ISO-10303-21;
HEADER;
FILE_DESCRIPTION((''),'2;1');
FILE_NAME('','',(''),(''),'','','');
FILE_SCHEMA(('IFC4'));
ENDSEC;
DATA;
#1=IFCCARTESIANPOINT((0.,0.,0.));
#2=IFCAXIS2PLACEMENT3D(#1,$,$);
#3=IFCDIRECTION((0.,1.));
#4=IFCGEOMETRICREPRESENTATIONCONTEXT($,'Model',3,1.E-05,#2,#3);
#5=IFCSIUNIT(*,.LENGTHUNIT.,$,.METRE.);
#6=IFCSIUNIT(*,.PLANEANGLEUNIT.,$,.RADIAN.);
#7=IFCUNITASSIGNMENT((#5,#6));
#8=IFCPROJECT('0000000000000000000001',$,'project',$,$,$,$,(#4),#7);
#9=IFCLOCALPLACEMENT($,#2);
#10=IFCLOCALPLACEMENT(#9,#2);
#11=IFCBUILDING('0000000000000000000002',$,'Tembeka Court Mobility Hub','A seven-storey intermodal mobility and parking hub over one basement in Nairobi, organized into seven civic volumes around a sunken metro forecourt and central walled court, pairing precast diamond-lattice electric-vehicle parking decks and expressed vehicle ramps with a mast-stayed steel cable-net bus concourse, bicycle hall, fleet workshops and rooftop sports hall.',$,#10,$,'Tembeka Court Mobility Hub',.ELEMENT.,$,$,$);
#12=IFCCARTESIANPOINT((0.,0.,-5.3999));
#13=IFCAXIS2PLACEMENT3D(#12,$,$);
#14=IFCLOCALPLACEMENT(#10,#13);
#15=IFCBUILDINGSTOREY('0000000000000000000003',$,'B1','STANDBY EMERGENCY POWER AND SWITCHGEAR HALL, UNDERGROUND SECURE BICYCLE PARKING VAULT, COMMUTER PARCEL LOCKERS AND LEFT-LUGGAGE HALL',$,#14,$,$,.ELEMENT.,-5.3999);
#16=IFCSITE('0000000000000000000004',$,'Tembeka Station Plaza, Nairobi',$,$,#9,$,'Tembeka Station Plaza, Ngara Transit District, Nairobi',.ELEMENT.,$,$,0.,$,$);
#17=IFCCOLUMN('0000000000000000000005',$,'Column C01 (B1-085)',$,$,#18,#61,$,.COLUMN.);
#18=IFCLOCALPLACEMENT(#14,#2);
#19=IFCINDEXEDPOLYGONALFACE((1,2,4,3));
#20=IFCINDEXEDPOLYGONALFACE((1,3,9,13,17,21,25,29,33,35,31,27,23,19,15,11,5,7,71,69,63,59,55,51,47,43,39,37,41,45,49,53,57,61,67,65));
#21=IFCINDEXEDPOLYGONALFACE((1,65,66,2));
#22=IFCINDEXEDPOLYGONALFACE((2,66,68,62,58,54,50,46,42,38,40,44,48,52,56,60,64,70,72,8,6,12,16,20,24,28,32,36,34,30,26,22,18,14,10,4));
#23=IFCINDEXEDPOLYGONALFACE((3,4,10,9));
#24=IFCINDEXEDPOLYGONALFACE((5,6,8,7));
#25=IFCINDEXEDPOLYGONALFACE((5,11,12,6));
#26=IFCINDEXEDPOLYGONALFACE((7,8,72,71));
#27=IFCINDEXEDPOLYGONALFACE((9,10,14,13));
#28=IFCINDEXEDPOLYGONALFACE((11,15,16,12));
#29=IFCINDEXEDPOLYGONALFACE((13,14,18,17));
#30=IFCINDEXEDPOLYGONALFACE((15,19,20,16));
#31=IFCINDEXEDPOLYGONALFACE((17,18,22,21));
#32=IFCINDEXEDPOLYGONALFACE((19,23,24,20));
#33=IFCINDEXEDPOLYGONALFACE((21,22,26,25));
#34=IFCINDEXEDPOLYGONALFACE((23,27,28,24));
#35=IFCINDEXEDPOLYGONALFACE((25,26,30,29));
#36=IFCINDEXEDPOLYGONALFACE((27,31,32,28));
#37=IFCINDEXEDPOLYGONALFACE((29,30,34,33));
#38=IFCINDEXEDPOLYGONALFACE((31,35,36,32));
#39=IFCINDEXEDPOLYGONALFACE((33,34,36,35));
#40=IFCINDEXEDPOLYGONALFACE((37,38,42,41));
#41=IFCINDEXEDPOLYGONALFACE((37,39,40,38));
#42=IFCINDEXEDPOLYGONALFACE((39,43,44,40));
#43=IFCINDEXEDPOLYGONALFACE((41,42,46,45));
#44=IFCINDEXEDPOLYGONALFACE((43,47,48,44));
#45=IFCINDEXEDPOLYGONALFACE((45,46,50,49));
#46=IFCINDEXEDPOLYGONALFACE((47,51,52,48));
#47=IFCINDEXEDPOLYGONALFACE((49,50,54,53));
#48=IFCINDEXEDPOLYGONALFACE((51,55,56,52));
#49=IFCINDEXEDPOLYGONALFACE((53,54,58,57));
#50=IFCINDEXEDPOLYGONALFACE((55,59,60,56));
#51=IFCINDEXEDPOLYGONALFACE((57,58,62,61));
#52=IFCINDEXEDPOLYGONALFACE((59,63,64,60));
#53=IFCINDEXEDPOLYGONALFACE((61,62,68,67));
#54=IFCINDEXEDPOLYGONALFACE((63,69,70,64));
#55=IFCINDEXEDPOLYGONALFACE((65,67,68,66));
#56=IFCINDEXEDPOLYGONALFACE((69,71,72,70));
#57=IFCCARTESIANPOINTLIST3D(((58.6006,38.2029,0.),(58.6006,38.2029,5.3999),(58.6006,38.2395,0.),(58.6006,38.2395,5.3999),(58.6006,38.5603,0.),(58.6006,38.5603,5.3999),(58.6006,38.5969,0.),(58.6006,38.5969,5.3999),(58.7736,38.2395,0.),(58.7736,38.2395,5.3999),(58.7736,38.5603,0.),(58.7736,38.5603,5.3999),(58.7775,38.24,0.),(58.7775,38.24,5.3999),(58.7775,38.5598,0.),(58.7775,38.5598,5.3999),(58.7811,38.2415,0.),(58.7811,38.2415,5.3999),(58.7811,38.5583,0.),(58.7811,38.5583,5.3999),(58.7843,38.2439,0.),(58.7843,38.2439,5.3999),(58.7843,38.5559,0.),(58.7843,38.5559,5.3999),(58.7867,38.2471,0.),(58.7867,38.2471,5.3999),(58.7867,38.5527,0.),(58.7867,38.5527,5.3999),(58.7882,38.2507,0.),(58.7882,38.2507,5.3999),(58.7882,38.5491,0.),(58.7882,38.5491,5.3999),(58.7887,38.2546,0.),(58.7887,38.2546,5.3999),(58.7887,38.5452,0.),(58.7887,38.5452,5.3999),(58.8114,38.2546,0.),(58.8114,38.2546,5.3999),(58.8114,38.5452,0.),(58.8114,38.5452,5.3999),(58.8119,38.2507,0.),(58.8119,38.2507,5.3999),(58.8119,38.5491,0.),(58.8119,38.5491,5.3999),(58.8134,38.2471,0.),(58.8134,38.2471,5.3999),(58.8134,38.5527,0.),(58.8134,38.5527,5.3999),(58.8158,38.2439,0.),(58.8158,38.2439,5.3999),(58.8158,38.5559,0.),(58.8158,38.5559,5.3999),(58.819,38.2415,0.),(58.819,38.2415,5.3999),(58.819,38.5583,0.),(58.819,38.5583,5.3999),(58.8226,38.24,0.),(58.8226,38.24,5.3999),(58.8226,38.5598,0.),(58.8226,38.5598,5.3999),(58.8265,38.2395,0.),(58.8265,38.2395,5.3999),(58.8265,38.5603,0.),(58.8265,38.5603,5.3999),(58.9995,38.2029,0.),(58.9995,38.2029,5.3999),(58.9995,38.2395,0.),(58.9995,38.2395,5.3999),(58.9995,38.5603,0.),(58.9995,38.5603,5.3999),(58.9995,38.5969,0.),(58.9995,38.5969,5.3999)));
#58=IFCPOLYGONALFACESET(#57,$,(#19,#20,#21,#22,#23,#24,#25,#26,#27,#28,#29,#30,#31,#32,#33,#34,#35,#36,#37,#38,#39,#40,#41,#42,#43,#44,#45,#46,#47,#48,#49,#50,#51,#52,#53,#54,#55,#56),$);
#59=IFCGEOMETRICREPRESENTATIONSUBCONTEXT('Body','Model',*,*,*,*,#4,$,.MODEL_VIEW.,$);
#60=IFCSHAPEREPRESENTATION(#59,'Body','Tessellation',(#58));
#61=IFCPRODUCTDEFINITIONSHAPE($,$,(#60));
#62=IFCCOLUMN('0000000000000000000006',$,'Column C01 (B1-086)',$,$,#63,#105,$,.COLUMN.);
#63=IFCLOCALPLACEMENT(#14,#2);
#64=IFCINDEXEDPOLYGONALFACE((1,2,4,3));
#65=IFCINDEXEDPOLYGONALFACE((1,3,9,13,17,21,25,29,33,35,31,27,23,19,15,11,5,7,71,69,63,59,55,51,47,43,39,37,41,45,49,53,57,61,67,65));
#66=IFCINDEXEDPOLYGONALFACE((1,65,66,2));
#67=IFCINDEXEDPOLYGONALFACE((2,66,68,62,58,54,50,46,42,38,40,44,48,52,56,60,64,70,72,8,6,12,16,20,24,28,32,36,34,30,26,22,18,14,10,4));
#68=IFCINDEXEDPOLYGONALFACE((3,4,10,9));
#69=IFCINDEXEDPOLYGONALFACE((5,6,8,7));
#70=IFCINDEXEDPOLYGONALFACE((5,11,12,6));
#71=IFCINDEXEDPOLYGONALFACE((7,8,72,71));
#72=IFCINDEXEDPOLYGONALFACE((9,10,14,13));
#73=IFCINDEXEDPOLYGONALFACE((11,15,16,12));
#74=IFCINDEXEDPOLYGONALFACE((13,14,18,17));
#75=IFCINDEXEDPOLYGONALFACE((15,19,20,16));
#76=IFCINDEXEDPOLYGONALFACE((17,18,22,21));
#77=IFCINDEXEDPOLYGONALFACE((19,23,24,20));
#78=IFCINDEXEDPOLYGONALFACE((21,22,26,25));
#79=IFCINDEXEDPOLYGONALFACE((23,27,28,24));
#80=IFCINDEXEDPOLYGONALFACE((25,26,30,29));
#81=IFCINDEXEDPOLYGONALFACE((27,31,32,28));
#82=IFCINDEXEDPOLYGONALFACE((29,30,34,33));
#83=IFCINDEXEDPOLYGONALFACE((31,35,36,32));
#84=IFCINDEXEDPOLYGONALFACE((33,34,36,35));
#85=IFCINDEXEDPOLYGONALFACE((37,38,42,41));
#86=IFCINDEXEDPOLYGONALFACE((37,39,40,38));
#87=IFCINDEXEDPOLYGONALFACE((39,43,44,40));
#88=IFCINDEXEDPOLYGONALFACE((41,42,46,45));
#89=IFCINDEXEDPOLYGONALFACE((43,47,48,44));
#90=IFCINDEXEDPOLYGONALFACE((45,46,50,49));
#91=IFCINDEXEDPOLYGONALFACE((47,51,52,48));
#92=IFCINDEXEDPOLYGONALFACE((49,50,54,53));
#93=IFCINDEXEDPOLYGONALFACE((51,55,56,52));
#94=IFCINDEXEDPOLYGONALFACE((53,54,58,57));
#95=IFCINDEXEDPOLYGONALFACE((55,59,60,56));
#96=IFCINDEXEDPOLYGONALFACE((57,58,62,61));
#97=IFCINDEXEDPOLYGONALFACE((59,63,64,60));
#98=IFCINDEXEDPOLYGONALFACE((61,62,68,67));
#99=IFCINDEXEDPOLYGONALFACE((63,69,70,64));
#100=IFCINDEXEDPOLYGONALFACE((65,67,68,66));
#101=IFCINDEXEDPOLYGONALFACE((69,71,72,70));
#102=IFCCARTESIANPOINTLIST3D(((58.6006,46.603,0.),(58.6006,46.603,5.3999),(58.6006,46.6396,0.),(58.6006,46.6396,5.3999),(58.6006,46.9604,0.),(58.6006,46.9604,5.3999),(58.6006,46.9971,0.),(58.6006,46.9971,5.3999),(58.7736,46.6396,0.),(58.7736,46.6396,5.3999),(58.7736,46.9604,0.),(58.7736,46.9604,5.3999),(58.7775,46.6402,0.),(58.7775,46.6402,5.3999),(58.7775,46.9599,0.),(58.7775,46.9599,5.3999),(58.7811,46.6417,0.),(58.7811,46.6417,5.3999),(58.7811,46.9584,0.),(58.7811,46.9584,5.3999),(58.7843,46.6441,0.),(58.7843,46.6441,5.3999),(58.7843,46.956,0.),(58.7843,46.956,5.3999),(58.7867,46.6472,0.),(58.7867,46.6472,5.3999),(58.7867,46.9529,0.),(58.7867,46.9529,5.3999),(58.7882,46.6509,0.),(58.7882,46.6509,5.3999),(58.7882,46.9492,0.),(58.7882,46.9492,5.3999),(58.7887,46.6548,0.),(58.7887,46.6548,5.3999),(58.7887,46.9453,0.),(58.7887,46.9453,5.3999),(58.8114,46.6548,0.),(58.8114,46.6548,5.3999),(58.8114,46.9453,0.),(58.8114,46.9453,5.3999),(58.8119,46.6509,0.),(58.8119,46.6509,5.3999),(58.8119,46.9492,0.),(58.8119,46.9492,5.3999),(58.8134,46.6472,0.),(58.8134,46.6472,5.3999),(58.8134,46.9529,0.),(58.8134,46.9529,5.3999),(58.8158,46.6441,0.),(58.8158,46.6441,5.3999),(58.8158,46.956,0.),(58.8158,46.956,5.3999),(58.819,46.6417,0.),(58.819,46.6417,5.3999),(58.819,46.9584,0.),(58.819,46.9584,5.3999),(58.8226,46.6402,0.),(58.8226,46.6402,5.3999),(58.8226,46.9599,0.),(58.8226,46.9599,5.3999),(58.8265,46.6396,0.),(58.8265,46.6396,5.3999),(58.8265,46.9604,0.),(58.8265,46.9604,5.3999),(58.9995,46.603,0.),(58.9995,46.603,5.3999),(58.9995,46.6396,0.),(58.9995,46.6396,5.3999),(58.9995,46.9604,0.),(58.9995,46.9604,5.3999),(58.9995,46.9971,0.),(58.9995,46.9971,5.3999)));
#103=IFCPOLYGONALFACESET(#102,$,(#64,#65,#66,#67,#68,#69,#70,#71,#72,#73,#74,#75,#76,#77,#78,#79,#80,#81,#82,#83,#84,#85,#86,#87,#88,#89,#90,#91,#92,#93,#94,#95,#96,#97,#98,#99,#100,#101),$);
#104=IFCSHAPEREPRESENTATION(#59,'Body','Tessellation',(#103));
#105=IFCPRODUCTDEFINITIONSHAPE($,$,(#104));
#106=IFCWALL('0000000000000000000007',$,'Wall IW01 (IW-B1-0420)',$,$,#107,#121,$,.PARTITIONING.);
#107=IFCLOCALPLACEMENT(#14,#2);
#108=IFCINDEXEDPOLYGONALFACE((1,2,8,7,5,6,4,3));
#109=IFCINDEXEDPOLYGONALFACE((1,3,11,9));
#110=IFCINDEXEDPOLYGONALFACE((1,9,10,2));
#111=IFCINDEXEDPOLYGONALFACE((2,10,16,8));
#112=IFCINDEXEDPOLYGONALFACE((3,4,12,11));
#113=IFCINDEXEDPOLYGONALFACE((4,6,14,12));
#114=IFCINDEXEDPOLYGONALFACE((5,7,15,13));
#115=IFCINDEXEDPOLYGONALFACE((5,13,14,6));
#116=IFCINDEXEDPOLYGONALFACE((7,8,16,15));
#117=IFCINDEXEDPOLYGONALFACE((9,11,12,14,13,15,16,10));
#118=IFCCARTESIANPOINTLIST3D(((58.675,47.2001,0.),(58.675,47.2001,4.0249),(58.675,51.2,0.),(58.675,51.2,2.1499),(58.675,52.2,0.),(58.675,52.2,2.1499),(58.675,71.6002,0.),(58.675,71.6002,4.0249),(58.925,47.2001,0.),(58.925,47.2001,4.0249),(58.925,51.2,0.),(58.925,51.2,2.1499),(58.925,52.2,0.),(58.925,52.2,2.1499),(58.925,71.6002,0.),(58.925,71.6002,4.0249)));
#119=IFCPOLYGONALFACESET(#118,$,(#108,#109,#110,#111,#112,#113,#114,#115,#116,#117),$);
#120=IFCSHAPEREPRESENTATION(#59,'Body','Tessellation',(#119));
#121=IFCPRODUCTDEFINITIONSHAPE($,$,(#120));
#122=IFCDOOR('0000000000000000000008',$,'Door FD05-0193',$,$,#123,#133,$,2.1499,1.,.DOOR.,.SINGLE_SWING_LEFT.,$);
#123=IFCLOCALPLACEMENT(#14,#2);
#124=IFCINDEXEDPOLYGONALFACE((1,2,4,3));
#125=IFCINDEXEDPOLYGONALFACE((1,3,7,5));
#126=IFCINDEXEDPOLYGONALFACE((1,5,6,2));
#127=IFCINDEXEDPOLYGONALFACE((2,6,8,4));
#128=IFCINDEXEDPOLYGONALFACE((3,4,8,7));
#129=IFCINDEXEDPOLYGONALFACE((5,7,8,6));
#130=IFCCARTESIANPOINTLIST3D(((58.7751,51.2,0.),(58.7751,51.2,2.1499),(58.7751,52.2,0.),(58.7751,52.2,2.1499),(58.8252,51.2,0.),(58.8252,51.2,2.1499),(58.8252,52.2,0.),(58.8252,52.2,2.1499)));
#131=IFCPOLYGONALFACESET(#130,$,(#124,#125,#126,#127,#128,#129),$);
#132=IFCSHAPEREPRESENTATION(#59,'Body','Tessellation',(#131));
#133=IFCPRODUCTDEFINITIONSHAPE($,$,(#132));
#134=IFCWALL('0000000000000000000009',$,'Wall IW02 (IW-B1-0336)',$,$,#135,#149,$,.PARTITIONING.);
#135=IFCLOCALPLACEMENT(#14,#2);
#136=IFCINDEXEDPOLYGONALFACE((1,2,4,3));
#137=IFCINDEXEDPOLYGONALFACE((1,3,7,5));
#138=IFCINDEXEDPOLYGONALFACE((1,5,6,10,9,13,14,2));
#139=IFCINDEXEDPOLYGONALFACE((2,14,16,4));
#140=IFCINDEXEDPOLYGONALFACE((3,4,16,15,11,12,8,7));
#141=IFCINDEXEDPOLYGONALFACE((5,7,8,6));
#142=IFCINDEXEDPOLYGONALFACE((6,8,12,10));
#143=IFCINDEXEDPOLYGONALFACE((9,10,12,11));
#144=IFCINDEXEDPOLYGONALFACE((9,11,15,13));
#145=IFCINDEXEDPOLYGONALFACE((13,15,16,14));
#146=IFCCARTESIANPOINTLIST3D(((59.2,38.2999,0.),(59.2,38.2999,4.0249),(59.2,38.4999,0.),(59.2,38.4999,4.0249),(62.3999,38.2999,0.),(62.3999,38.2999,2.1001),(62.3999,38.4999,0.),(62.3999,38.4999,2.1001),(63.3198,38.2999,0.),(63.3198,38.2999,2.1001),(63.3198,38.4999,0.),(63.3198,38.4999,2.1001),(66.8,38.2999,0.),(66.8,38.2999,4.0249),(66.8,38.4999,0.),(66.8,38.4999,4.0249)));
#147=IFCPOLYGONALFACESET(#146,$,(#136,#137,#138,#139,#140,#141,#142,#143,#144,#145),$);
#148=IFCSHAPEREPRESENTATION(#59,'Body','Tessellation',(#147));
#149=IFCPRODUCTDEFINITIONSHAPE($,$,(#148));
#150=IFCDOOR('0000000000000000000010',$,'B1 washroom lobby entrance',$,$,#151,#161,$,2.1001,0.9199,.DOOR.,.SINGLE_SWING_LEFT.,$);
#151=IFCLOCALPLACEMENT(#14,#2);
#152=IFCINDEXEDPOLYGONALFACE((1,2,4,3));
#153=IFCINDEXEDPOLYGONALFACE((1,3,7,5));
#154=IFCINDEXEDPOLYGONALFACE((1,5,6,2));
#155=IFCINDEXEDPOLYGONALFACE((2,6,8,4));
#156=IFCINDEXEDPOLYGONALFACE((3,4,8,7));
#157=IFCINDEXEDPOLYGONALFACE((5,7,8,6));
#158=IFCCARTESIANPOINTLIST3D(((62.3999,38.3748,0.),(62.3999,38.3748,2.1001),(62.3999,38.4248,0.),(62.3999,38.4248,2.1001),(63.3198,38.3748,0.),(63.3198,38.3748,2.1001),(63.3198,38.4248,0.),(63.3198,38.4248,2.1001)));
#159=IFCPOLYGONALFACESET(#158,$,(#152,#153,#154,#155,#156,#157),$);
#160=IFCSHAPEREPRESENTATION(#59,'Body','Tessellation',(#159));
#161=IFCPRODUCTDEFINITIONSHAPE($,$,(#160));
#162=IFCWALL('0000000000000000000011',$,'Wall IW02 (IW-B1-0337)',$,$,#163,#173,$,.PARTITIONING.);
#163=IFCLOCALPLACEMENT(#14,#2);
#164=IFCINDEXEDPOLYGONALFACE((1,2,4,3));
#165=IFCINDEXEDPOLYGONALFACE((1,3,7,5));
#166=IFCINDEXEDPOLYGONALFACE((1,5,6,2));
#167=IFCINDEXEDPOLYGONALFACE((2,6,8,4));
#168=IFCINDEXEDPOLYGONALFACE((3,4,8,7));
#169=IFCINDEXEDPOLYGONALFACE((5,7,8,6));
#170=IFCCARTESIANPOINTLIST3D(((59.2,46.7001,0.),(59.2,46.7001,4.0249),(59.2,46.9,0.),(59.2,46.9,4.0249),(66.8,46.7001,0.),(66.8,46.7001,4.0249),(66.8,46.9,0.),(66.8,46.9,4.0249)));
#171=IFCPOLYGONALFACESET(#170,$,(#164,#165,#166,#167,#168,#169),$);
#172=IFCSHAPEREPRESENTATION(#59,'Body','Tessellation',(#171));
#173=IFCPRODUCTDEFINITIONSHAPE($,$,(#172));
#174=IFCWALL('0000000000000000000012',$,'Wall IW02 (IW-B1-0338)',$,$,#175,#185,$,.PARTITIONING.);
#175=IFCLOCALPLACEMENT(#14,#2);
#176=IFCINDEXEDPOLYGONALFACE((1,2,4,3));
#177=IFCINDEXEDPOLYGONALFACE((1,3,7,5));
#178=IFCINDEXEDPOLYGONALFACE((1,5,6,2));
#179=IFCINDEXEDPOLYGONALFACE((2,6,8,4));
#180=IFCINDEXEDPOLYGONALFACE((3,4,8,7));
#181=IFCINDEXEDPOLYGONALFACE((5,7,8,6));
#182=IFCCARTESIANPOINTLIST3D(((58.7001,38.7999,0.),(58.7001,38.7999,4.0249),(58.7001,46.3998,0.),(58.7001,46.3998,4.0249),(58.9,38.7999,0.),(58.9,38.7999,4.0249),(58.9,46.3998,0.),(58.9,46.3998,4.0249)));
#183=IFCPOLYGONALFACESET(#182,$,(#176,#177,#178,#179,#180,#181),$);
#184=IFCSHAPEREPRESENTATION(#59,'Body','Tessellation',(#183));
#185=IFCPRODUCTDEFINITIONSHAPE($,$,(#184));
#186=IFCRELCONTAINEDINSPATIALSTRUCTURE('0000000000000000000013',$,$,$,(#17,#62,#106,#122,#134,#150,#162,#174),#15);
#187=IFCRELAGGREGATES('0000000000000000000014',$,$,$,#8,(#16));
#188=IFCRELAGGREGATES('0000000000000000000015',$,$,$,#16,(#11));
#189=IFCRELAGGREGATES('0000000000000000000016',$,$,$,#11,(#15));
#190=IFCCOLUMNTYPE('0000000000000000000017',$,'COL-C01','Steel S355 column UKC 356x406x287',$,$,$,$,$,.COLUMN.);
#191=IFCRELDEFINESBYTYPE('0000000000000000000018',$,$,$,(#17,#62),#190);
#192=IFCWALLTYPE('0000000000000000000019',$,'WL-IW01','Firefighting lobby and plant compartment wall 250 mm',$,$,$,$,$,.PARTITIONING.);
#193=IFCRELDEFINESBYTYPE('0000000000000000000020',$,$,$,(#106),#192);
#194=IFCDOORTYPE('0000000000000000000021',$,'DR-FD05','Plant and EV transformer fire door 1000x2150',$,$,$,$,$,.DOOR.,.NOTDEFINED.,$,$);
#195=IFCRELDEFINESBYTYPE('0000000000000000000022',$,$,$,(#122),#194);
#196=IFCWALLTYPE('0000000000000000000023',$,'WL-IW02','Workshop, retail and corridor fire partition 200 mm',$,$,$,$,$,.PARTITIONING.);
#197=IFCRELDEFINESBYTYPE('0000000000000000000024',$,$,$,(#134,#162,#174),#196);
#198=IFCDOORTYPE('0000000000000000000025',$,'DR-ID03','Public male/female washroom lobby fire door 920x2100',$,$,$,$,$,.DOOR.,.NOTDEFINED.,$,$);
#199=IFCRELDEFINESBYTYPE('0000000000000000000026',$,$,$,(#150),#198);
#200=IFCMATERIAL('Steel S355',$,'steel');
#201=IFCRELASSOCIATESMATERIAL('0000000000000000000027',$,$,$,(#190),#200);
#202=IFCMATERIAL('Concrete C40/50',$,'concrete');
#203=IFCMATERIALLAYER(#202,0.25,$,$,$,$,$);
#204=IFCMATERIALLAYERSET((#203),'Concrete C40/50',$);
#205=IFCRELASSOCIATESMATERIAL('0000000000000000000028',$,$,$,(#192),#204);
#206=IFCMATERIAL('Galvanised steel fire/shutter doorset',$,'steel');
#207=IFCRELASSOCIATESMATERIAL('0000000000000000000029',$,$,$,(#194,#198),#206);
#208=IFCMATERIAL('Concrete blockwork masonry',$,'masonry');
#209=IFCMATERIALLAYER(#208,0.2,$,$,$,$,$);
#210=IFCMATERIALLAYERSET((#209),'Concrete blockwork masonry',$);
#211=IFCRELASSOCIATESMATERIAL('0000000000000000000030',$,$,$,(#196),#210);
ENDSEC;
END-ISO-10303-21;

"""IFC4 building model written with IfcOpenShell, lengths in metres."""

from ifc_helpers import new_model, si_unit, direction, frame, frame_2d, origin, origin_2d, place, context, subcontext, project, spatial, rectangle, i_section, extrude, material, layer, layer_set, material_profile, profile_set, type_object, element, fill, save


model = new_model("IFC4")

# Units and contexts
model_context = context("Model", 3, precision=1e-05, world=origin(), true_north=direction((0.0, 1.0)))
body_context = subcontext(model_context, "Body", "Model", "MODEL_VIEW")
ifc_project = project(units=[si_unit("LENGTHUNIT", "METRE"), si_unit("PLANEANGLEUNIT", "RADIAN")], contexts=[model_context])

# Site, building, storey
site_placement = place(None, origin())
site = spatial("IfcSite", under=ifc_project, at=site_placement, Name="Tembeka Station Plaza, Nairobi", LongName="Tembeka Station Plaza, Ngara Transit District, Nairobi", CompositionType="ELEMENT", RefElevation=0.0)
building_placement = place(site_placement, origin())
building = spatial("IfcBuilding", under=site, at=building_placement, Name="Tembeka Court Mobility Hub", Description="A seven-storey intermodal mobility and parking hub over one basement in Nairobi, organized into seven civic volumes around a sunken metro forecourt and central walled court, pairing precast diamond-lattice electric-vehicle parking decks and expressed vehicle ramps with a mast-stayed steel cable-net bus concourse, bicycle hall, fleet workshops and rooftop sports hall.", LongName="Tembeka Court Mobility Hub", CompositionType="ELEMENT")
storey_placement = place(building_placement, frame((0.0, 0.0, -5.3999)))
storey = spatial("IfcBuildingStorey", under=building, at=storey_placement, Name="B1", Description="STANDBY EMERGENCY POWER AND SWITCHGEAR HALL, UNDERGROUND SECURE BICYCLE PARKING VAULT, COMMUTER PARCEL LOCKERS AND LEFT-LUGGAGE HALL", CompositionType="ELEMENT", Elevation=-5.3999)

# Shared definitions
ifc_material_1 = material(Name="Concrete C40/50", Category="concrete")

# Columns
ifc_material_2 = material(Name="Steel S355", Category="steel")
ifc_material_profile_1 = material_profile(ifc_material_2, i_section(OverallWidth=0.3989, OverallDepth=0.394, WebThickness=0.0227, FlangeThickness=0.0366, FilletRadius=0.0151, at=origin_2d()), Name="UKC 356x406x287")
ifc_profile_set_1 = profile_set([ifc_material_profile_1], Name="Steel S355")
column_type = type_object("IfcColumnType", Name="COL-C01", Description="Steel S355 column UKC 356x406x287", PredefinedType="COLUMN", material=ifc_profile_set_1)
for number, where, z_axis, x_axis, name in (
    (1, (58.8, 38.3999, 0.0), (0.0, 0.0, 1.0), (1.0, 0.0, 0.0), "Column C01 (B1-085)"),
    (2, (58.8, 46.8, 0.0), (0.0, 0.0, 1.0), (1.0, 0.0, 0.0), "Column C01 (B1-086)"),
):
    element("IfcColumn", number, at=place(storey_placement, frame(where, z_axis=z_axis, x_axis=x_axis)), inside=storey, type_object=column_type, Name=name, PredefinedType="COLUMN", context=body_context, shape_type="SweptSolid", body=[
        extrude(i_section(OverallWidth=0.3989, OverallDepth=0.394, WebThickness=0.0227, FlangeThickness=0.0366, FilletRadius=0.0151, at=origin_2d()), origin(), (0.0, 0.0, 1.0), 5.3999),
    ])

# Walls, openings, doors
ifc_layer_1 = layer(ifc_material_1, 0.25)
ifc_layer_set_1 = layer_set([ifc_layer_1], Name="Concrete C40/50")
wall_type_1 = type_object("IfcWallType", Name="WL-IW01", Description="Firefighting lobby and plant compartment wall 250 mm", PredefinedType="PARTITIONING", material=ifc_layer_set_1)
wall_1_placement = place(storey_placement, frame((58.8, 47.2, 0.0), z_axis=(0.0, 0.0, 1.0), x_axis=(0.0, 1.0, 0.0)))
wall_1 = element("IfcWall", 3, at=wall_1_placement, inside=storey, type_object=wall_type_1, Name="Wall IW01 (IW-B1-0420)", PredefinedType="PARTITIONING", context=body_context, shape_type="SweptSolid", body=[
    extrude(rectangle(XDim=24.4001, YDim=0.25, at=frame_2d((12.2002, 0.0))), origin(), (0.0, 0.0, 1.0), 4.0249),
])
opening_1_placement = place(wall_1_placement, frame((4.0, 0.0, 0.0)))
opening_1 = element("IfcOpeningElement", 4, at=opening_1_placement, cuts=wall_1, PredefinedType="OPENING", context=body_context, shape_type="SweptSolid", body=[
    extrude(rectangle(XDim=1.0, YDim=2.1499, at=frame_2d((0.5, 1.075))), frame((0.0, 0.135, 0.0), z_axis=(0.0, -1.0, 0.0), x_axis=(1.0, 0.0, 0.0)), (0.0, 0.0, 1.0), 0.27),
])
ifc_material_3 = material(Name="Galvanised steel fire/shutter doorset", Category="steel")
door_type_1 = type_object("IfcDoorType", Name="DR-FD05", Description="Plant and EV transformer fire door 1000x2150", OperationType="NOTDEFINED", PredefinedType="DOOR", material=ifc_material_3)
door_1_placement = place(opening_1_placement, origin())
door_1 = element("IfcDoor", 5, at=door_1_placement, inside=storey, type_object=door_type_1, Name="Door FD05-0193", OperationType="SINGLE_SWING_LEFT", OverallHeight=2.1499, OverallWidth=1.0, PredefinedType="DOOR", context=body_context, shape_type="SweptSolid", body=[
    extrude(rectangle(XDim=1.0, YDim=2.1499, at=frame_2d((0.5, 1.075))), frame((0.0, 0.0249, 0.0), z_axis=(0.0, -1.0, 0.0), x_axis=(1.0, 0.0, 0.0)), (0.0, 0.0, 1.0), 0.05),
])
fill(opening_1, door_1)
ifc_material_4 = material(Name="Concrete blockwork masonry", Category="masonry")
ifc_layer_2 = layer(ifc_material_4, 0.2)
ifc_layer_set_2 = layer_set([ifc_layer_2], Name="Concrete blockwork masonry")
wall_type_2 = type_object("IfcWallType", Name="WL-IW02", Description="Workshop, retail and corridor fire partition 200 mm", PredefinedType="PARTITIONING", material=ifc_layer_set_2)
wall_2_placement = place(storey_placement, frame((59.2, 38.3999, 0.0), z_axis=(0.0, 0.0, 1.0), x_axis=(1.0, 0.0, 0.0)))
wall_2 = element("IfcWall", 6, at=wall_2_placement, inside=storey, type_object=wall_type_2, Name="Wall IW02 (IW-B1-0336)", PredefinedType="PARTITIONING", context=body_context, shape_type="SweptSolid", body=[
    extrude(rectangle(XDim=7.6001, YDim=0.2, at=frame_2d((3.8, 0.0))), origin(), (0.0, 0.0, 1.0), 4.0249),
])
opening_2_placement = place(wall_2_placement, frame((3.2, 0.0, 0.0)))
opening_2 = element("IfcOpeningElement", 7, at=opening_2_placement, cuts=wall_2, PredefinedType="OPENING", context=body_context, shape_type="SweptSolid", body=[
    extrude(rectangle(XDim=0.9199, YDim=2.1001, at=frame_2d((0.46, 1.05))), frame((0.0, 0.1099, 0.0), z_axis=(0.0, -1.0, 0.0), x_axis=(1.0, 0.0, 0.0)), (0.0, 0.0, 1.0), 0.22),
])
door_type_2 = type_object("IfcDoorType", Name="DR-ID03", Description="Public male/female washroom lobby fire door 920x2100", OperationType="NOTDEFINED", PredefinedType="DOOR", material=ifc_material_3)
door_2_placement = place(opening_2_placement, origin())
door_2 = element("IfcDoor", 8, at=door_2_placement, inside=storey, type_object=door_type_2, Name="B1 washroom lobby entrance", OperationType="SINGLE_SWING_LEFT", OverallHeight=2.1001, OverallWidth=0.9199, PredefinedType="DOOR", context=body_context, shape_type="SweptSolid", body=[
    extrude(rectangle(XDim=0.9199, YDim=2.1001, at=frame_2d((0.46, 1.05))), frame((0.0, 0.0249, 0.0), z_axis=(0.0, -1.0, 0.0), x_axis=(1.0, 0.0, 0.0)), (0.0, 0.0, 1.0), 0.05),
])
fill(opening_2, door_2)

# Walls
wall_3_placement = place(storey_placement, frame((59.2, 46.8, 0.0), z_axis=(0.0, 0.0, 1.0), x_axis=(1.0, 0.0, 0.0)))
element("IfcWall", 9, at=wall_3_placement, inside=storey, type_object=wall_type_2, Name="Wall IW02 (IW-B1-0337)", PredefinedType="PARTITIONING", context=body_context, shape_type="SweptSolid", body=[
    extrude(rectangle(XDim=7.6001, YDim=0.2, at=frame_2d((3.8, 0.0))), origin(), (0.0, 0.0, 1.0), 4.0249),
])
wall_4_placement = place(storey_placement, frame((58.8, 38.8, 0.0), z_axis=(0.0, 0.0, 1.0), x_axis=(0.0, 1.0, 0.0)))
element("IfcWall", 10, at=wall_4_placement, inside=storey, type_object=wall_type_2, Name="Wall IW02 (IW-B1-0338)", PredefinedType="PARTITIONING", context=body_context, shape_type="SweptSolid", body=[
    extrude(rectangle(XDim=7.5999, YDim=0.2, at=frame_2d((3.7998, 0.0))), origin(), (0.0, 0.0, 1.0), 4.0249),
])

save(model, "model.ifc")
